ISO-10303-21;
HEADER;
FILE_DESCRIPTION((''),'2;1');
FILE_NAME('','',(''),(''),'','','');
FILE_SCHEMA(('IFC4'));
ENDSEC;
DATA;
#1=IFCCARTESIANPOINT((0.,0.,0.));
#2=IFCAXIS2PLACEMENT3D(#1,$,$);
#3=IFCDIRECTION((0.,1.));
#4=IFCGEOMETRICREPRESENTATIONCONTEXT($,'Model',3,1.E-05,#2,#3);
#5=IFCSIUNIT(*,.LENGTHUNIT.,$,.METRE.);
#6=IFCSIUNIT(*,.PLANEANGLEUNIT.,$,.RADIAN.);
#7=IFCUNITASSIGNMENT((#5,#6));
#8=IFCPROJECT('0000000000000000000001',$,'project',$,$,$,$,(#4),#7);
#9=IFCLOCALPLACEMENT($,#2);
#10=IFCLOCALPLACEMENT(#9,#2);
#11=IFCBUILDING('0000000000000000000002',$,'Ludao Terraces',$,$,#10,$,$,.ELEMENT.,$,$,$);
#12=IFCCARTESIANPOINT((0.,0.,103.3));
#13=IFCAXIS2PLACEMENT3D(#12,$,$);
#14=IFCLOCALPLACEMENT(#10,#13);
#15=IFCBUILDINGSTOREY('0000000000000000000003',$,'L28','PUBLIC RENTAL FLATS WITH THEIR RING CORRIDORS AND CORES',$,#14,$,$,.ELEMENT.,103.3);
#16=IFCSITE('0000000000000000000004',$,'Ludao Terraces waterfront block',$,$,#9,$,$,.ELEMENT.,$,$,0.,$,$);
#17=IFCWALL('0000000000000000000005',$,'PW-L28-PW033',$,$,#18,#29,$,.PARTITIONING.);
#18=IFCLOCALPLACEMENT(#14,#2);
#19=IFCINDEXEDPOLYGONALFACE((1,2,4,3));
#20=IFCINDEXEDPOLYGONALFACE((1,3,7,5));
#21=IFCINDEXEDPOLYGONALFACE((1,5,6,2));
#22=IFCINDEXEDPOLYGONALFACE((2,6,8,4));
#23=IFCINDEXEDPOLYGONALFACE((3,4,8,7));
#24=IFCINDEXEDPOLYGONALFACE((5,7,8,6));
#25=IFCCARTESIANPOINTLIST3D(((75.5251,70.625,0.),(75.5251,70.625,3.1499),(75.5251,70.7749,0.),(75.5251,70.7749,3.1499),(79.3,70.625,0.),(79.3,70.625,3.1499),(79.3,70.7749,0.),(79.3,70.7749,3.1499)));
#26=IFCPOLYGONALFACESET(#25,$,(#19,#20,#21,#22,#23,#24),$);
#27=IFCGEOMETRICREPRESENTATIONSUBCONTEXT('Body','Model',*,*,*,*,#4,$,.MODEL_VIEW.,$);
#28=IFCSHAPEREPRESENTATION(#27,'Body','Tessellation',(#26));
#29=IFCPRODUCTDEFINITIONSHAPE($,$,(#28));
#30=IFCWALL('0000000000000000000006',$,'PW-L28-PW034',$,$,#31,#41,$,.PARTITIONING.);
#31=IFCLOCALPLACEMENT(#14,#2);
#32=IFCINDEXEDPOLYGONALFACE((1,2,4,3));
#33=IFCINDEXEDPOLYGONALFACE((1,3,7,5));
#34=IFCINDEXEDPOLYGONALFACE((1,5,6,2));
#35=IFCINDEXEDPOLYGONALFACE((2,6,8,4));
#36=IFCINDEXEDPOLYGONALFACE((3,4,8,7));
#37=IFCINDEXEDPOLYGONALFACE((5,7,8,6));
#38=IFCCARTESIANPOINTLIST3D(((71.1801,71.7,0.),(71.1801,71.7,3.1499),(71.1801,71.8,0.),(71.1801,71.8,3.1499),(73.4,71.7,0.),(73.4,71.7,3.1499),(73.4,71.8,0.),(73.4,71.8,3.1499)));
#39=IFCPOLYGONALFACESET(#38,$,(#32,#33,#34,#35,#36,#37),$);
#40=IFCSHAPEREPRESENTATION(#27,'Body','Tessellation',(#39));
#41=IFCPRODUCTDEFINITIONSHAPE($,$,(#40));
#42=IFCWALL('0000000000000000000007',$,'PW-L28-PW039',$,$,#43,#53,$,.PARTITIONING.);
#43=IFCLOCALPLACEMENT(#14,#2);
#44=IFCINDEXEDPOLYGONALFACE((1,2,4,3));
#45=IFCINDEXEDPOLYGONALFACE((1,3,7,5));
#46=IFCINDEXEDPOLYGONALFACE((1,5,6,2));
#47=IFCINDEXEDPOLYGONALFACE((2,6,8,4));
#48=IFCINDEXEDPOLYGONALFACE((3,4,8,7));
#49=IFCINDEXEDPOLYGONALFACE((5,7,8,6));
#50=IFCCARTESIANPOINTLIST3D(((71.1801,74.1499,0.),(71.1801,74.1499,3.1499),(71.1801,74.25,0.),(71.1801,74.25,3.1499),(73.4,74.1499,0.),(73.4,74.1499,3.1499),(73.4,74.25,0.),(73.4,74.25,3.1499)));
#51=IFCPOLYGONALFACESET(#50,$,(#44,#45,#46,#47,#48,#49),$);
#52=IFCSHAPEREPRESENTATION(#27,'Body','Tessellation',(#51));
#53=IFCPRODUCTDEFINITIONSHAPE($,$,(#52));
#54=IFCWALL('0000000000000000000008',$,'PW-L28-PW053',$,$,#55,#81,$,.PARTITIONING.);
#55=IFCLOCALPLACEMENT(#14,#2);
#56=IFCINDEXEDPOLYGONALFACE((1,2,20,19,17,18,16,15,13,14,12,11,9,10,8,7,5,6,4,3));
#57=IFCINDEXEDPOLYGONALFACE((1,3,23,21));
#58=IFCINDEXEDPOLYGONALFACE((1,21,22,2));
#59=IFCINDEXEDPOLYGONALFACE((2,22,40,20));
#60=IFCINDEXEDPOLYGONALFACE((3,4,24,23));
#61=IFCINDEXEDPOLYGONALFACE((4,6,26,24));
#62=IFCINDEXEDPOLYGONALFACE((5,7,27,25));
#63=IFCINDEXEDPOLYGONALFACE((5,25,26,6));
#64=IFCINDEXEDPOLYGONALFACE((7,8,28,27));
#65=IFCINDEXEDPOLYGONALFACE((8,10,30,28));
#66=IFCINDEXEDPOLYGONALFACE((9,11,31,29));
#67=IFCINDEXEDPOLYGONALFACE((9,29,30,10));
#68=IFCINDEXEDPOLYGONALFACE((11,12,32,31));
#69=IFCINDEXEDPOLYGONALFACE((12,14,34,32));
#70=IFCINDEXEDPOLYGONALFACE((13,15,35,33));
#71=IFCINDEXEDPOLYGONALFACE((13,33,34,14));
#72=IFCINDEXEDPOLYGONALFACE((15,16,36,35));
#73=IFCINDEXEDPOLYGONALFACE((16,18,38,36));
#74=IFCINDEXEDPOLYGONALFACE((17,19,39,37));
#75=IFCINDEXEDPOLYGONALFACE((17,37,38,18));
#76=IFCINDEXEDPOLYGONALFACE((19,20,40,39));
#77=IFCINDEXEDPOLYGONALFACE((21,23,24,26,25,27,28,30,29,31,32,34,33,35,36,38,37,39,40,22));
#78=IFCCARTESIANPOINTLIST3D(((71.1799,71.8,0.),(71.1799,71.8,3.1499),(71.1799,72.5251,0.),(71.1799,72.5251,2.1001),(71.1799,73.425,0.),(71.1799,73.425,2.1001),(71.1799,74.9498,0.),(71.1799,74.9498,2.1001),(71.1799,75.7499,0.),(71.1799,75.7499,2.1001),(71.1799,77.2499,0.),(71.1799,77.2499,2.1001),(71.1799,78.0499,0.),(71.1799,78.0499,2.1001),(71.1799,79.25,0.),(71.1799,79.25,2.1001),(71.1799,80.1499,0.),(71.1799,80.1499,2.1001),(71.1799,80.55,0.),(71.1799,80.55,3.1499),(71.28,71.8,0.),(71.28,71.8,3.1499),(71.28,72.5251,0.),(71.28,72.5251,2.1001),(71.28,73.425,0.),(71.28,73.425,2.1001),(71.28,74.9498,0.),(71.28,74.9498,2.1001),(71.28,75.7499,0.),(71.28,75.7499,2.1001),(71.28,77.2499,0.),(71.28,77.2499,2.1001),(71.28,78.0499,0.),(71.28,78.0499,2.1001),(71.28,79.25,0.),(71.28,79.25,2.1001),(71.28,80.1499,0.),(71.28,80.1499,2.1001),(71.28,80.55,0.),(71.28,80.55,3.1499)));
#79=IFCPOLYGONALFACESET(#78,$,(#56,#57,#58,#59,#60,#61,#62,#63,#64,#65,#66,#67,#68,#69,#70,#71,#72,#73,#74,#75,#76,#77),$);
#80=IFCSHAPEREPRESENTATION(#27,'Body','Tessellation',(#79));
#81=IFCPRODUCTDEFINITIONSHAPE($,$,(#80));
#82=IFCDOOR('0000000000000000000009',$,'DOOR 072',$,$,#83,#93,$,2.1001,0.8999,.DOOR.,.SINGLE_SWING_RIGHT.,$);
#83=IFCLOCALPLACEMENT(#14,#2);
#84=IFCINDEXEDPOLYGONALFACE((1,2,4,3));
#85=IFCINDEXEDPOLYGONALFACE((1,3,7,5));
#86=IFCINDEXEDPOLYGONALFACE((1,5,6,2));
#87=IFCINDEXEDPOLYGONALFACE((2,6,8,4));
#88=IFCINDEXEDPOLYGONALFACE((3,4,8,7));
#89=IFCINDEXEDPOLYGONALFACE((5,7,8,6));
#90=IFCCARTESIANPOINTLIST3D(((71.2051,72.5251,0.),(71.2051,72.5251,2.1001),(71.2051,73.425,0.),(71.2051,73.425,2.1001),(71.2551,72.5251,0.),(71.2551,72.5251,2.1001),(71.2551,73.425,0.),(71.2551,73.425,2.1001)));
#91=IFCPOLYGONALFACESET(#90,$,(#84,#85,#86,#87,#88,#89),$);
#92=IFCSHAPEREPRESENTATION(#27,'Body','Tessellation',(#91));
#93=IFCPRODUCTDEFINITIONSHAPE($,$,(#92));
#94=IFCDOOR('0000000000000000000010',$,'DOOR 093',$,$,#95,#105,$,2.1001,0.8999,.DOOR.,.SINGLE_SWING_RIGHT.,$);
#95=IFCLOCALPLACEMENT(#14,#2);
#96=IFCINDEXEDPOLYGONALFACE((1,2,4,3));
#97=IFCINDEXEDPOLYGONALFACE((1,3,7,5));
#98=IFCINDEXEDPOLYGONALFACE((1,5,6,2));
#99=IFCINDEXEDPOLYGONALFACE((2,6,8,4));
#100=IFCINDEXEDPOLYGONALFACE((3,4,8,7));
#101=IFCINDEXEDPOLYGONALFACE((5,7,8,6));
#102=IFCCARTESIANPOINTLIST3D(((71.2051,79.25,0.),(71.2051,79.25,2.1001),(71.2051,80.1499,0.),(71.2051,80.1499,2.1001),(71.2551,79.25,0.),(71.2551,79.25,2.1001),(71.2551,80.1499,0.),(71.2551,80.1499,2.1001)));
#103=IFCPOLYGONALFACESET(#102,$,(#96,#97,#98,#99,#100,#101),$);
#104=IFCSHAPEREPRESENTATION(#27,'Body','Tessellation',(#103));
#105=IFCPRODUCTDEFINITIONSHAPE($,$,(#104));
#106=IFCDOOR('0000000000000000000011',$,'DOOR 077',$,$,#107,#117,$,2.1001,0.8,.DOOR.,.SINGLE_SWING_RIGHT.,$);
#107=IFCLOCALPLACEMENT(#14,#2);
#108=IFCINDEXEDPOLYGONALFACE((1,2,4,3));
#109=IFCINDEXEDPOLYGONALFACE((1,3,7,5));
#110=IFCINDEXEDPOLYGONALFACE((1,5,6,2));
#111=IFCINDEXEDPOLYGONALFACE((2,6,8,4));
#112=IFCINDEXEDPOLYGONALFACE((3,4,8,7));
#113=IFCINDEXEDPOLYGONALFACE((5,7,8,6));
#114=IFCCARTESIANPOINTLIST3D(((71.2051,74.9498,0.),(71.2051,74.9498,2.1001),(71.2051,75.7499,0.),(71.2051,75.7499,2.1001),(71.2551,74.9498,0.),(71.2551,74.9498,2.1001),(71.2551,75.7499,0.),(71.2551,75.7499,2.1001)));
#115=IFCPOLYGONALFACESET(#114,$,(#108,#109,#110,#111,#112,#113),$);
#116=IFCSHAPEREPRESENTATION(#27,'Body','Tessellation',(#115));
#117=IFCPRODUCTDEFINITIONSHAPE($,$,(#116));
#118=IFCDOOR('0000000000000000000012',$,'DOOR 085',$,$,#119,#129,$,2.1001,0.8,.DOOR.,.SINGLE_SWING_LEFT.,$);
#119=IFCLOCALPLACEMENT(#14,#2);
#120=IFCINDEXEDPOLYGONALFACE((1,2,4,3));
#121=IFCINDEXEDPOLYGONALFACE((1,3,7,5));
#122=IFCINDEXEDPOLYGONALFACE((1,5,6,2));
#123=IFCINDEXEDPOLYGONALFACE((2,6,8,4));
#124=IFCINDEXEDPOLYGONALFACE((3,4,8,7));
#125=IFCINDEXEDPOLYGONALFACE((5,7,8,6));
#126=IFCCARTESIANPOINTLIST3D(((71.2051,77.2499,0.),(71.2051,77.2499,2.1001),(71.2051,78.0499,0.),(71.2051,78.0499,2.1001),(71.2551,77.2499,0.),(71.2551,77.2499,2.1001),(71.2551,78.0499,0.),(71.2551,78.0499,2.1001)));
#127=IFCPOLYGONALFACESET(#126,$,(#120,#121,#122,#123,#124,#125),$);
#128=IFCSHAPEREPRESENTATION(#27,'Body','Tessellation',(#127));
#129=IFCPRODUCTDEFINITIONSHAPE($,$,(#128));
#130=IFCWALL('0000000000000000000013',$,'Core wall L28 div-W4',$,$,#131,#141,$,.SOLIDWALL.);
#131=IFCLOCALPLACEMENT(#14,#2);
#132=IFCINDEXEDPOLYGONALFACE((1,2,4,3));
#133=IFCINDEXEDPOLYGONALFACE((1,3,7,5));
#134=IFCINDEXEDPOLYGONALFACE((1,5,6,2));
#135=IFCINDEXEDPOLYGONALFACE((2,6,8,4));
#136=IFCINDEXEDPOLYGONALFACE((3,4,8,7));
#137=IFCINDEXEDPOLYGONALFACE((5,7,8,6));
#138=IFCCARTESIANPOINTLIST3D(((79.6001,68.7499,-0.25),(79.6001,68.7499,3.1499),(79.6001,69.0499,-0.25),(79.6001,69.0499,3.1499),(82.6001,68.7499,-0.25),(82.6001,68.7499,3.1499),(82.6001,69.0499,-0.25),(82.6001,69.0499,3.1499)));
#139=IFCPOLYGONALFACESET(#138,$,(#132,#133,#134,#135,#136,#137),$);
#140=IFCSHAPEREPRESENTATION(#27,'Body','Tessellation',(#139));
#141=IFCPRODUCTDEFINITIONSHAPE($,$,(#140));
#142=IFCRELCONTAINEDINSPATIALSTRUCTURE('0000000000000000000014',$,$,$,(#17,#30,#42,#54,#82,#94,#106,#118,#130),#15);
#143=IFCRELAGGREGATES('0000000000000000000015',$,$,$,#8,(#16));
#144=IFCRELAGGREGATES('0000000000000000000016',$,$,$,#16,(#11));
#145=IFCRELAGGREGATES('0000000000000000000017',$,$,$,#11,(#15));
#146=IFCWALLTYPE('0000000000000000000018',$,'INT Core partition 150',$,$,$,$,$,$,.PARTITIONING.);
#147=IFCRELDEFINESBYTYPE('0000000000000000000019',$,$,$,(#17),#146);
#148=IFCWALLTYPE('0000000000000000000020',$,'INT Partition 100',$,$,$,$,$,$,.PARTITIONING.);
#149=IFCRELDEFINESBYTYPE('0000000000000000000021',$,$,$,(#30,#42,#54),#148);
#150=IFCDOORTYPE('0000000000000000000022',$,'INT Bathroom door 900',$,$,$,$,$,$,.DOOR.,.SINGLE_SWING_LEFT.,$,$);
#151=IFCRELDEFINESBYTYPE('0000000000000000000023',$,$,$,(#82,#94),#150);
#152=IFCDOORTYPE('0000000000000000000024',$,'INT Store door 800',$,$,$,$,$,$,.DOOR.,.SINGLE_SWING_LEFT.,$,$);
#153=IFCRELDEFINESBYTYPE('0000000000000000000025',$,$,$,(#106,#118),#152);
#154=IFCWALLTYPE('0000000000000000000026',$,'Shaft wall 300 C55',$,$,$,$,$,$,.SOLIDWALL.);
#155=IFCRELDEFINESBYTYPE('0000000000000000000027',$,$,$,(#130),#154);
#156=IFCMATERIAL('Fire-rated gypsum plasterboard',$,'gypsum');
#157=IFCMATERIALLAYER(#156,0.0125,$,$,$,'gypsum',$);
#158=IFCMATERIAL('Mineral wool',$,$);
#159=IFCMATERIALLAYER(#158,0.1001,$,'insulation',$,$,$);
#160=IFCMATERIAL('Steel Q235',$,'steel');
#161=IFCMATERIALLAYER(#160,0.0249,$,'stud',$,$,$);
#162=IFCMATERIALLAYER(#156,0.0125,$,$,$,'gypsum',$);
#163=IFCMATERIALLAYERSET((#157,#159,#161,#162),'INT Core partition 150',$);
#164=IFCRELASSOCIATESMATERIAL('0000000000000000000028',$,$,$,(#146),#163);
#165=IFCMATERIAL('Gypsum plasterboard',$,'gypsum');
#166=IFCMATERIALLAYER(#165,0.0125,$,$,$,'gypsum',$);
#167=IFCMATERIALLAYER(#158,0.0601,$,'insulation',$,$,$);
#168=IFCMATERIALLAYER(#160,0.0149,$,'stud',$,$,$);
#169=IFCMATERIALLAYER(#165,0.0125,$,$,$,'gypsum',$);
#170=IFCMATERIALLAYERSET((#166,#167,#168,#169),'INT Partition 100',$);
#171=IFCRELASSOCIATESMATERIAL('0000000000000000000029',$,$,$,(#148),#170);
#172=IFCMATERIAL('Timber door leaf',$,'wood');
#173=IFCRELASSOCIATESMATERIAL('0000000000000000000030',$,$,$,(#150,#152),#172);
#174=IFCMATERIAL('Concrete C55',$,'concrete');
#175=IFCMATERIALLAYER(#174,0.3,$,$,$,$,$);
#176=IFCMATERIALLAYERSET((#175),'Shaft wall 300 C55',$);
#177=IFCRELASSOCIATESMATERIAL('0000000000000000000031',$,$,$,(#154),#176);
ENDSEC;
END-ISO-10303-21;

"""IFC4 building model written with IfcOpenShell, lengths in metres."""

from ifc_helpers import new_model, si_unit, direction, frame, frame_2d, origin, place, context, subcontext, project, spatial, rectangle, extrude, material, layer, layer_set, type_object, element, fill, save


model = new_model("IFC4")

# Units and contexts
model_context = context("Model", 3, precision=1e-05, world=origin(), true_north=direction((0.0, 1.0)))
body_context = subcontext(model_context, "Body", "Model", "MODEL_VIEW")
ifc_project = project(units=[si_unit("LENGTHUNIT", "METRE"), si_unit("PLANEANGLEUNIT", "RADIAN")], contexts=[model_context])

# Site, building, storey
site_placement = place(None, origin())
site = spatial("IfcSite", under=ifc_project, at=site_placement, Name="Ludao Terraces waterfront block", CompositionType="ELEMENT", RefElevation=0.0)
building_placement = place(site_placement, origin())
building = spatial("IfcBuilding", under=site, at=building_placement, Name="Ludao Terraces", CompositionType="ELEMENT")
storey_placement = place(building_placement, frame((0.0, 0.0, 103.3)))
storey = spatial("IfcBuildingStorey", under=building, at=storey_placement, Name="L28", Description="PUBLIC RENTAL FLATS WITH THEIR RING CORRIDORS AND CORES", CompositionType="ELEMENT", Elevation=103.3)

# Walls
ifc_material_1 = material(Name="Fire-rated gypsum plasterboard", Category="gypsum")
ifc_layer_1 = layer(ifc_material_1, 0.0125, Category="gypsum")
ifc_material_2 = material(Name="Mineral wool")
ifc_layer_2 = layer(ifc_material_2, 0.1001, Name="insulation")
ifc_material_3 = material(Name="Steel Q235", Category="steel")
ifc_layer_3 = layer(ifc_material_3, 0.0249, Name="stud")
ifc_layer_4 = layer(ifc_material_1, 0.0125, Category="gypsum")
ifc_layer_set_1 = layer_set([ifc_layer_1, ifc_layer_2, ifc_layer_3, ifc_layer_4], Name="INT Core partition 150")
wall_type_1 = type_object("IfcWallType", Name="INT Core partition 150", PredefinedType="PARTITIONING", material=ifc_layer_set_1)
wall_1_placement = place(storey_placement, frame((75.5251, 70.7, 0.0), z_axis=(0.0, 0.0, 1.0), x_axis=(1.0, 0.0, 0.0)))
element("IfcWall", 1, at=wall_1_placement, inside=storey, type_object=wall_type_1, Name="PW-L28-PW033", PredefinedType="PARTITIONING", context=body_context, shape_type="SweptSolid", body=[
    extrude(rectangle(XDim=3.7749, YDim=0.1499, at=frame_2d((1.8875, 0.0))), origin(), (0.0, 0.0, 1.0), 3.1499),
])
ifc_material_4 = material(Name="Gypsum plasterboard", Category="gypsum")
ifc_layer_5 = layer(ifc_material_4, 0.0125, Category="gypsum")
ifc_layer_6 = layer(ifc_material_2, 0.0601, Name="insulation")
ifc_layer_7 = layer(ifc_material_3, 0.0149, Name="stud")
ifc_layer_8 = layer(ifc_material_4, 0.0125, Category="gypsum")
ifc_layer_set_2 = layer_set([ifc_layer_5, ifc_layer_6, ifc_layer_7, ifc_layer_8], Name="INT Partition 100")
wall_type_2 = type_object("IfcWallType", Name="INT Partition 100", PredefinedType="PARTITIONING", material=ifc_layer_set_2)
for number, where, z_axis, x_axis, name in (
    (2, (71.1802, 71.75, 0.0), (0.0, 0.0, 1.0), (1.0, 0.0, 0.0), "PW-L28-PW034"),
    (3, (71.1802, 74.2, 0.0), (0.0, 0.0, 1.0), (1.0, 0.0, 0.0), "PW-L28-PW039"),
):
    element("IfcWall", number, at=place(storey_placement, frame(where, z_axis=z_axis, x_axis=x_axis)), inside=storey, type_object=wall_type_2, Name=name, PredefinedType="PARTITIONING", context=body_context, shape_type="SweptSolid", body=[
        extrude(rectangle(XDim=2.22, YDim=0.1001, at=frame_2d((1.1099, 0.0))), origin(), (0.0, 0.0, 1.0), 3.1499),
    ])

# Wall, openings, doors
wall_2_placement = place(storey_placement, frame((71.23, 71.8, 0.0), z_axis=(0.0, 0.0, 1.0), x_axis=(0.0, 1.0, 0.0)))
wall_2 = element("IfcWall", 4, at=wall_2_placement, inside=storey, type_object=wall_type_2, Name="PW-L28-PW053", PredefinedType="PARTITIONING", context=body_context, shape_type="SweptSolid", body=[
    extrude(rectangle(XDim=8.75, YDim=0.1001, at=frame_2d((4.375, 0.0))), origin(), (0.0, 0.0, 1.0), 3.1499),
])
opening_1_placement = place(wall_2_placement, frame((0.7251, 0.0, 0.0)))
opening_1 = element("IfcOpeningElement", 5, at=opening_1_placement, cuts=wall_2, PredefinedType="OPENING", context=body_context, shape_type="SweptSolid", body=[
    extrude(rectangle(XDim=0.8999, YDim=2.1001, at=frame_2d((0.45, 1.05))), frame((0.0, 0.0601, 0.0), z_axis=(0.0, -1.0, 0.0), x_axis=(1.0, 0.0, 0.0)), (0.0, 0.0, 1.0), 0.1201),
])
opening_2_placement = place(wall_2_placement, frame((3.1499, 0.0, 0.0)))
opening_2 = element("IfcOpeningElement", 6, at=opening_2_placement, cuts=wall_2, PredefinedType="OPENING", context=body_context, shape_type="SweptSolid", body=[
    extrude(rectangle(XDim=0.8, YDim=2.1001, at=frame_2d((0.3999, 1.05))), frame((0.0, 0.0601, 0.0), z_axis=(0.0, -1.0, 0.0), x_axis=(1.0, 0.0, 0.0)), (0.0, 0.0, 1.0), 0.1201),
])
opening_3_placement = place(wall_2_placement, frame((5.45, 0.0, 0.0)))
opening_3 = element("IfcOpeningElement", 7, at=opening_3_placement, cuts=wall_2, PredefinedType="OPENING", context=body_context, shape_type="SweptSolid", body=[
    extrude(rectangle(XDim=0.8, YDim=2.1001, at=frame_2d((0.3999, 1.05))), frame((0.0, 0.0601, 0.0), z_axis=(0.0, -1.0, 0.0), x_axis=(1.0, 0.0, 0.0)), (0.0, 0.0, 1.0), 0.1201),
])
opening_4_placement = place(wall_2_placement, frame((7.45, 0.0, 0.0)))
opening_4 = element("IfcOpeningElement", 8, at=opening_4_placement, cuts=wall_2, PredefinedType="OPENING", context=body_context, shape_type="SweptSolid", body=[
    extrude(rectangle(XDim=0.8999, YDim=2.1001, at=frame_2d((0.45, 1.05))), frame((0.0, 0.0601, 0.0), z_axis=(0.0, -1.0, 0.0), x_axis=(1.0, 0.0, 0.0)), (0.0, 0.0, 1.0), 0.1201),
])
ifc_material_5 = material(Name="Timber door leaf", Category="wood")
door_type_1 = type_object("IfcDoorType", Name="INT Bathroom door 900", OperationType="SINGLE_SWING_LEFT", PredefinedType="DOOR", material=ifc_material_5)
door_1_placement = place(opening_1_placement, origin())
door_1 = element("IfcDoor", 9, at=door_1_placement, inside=storey, type_object=door_type_1, Name="DOOR 072", OperationType="SINGLE_SWING_RIGHT", OverallHeight=2.1001, OverallWidth=0.8999, PredefinedType="DOOR", context=body_context, shape_type="SweptSolid", body=[
    extrude(rectangle(XDim=0.8999, YDim=2.1001, at=frame_2d((0.45, 1.05))), frame((0.0, 0.0249, 0.0), z_axis=(0.0, -1.0, 0.0), x_axis=(1.0, 0.0, 0.0)), (0.0, 0.0, 1.0), 0.05),
])
fill(opening_1, door_1)
door_2_placement = place(opening_4_placement, origin())
door_2 = element("IfcDoor", 10, at=door_2_placement, inside=storey, type_object=door_type_1, Name="DOOR 093", OperationType="SINGLE_SWING_RIGHT", OverallHeight=2.1001, OverallWidth=0.8999, PredefinedType="DOOR", context=body_context, shape_type="SweptSolid", body=[
    extrude(rectangle(XDim=0.8999, YDim=2.1001, at=frame_2d((0.45, 1.05))), frame((0.0, 0.0249, 0.0), z_axis=(0.0, -1.0, 0.0), x_axis=(1.0, 0.0, 0.0)), (0.0, 0.0, 1.0), 0.05),
])
fill(opening_4, door_2)
door_type_2 = type_object("IfcDoorType", Name="INT Store door 800", OperationType="SINGLE_SWING_LEFT", PredefinedType="DOOR", material=ifc_material_5)
door_3_placement = place(opening_2_placement, origin())
door_3 = element("IfcDoor", 11, at=door_3_placement, inside=storey, type_object=door_type_2, Name="DOOR 077", OperationType="SINGLE_SWING_RIGHT", OverallHeight=2.1001, OverallWidth=0.8, PredefinedType="DOOR", context=body_context, shape_type="SweptSolid", body=[
    extrude(rectangle(XDim=0.8, YDim=2.1001, at=frame_2d((0.3999, 1.05))), frame((0.0, 0.0249, 0.0), z_axis=(0.0, -1.0, 0.0), x_axis=(1.0, 0.0, 0.0)), (0.0, 0.0, 1.0), 0.05),
])
fill(opening_2, door_3)
door_4_placement = place(opening_3_placement, origin())
door_4 = element("IfcDoor", 12, at=door_4_placement, inside=storey, type_object=door_type_2, Name="DOOR 085", OperationType="SINGLE_SWING_LEFT", OverallHeight=2.1001, OverallWidth=0.8, PredefinedType="DOOR", context=body_context, shape_type="SweptSolid", body=[
    extrude(rectangle(XDim=0.8, YDim=2.1001, at=frame_2d((0.3999, 1.05))), frame((0.0, 0.0249, 0.0), z_axis=(0.0, -1.0, 0.0), x_axis=(1.0, 0.0, 0.0)), (0.0, 0.0, 1.0), 0.05),
])
fill(opening_3, door_4)

# Wall
ifc_material_6 = material(Name="Concrete C55", Category="concrete")
ifc_layer_9 = layer(ifc_material_6, 0.3)
ifc_layer_set_3 = layer_set([ifc_layer_9], Name="Shaft wall 300 C55")
wall_type_3 = type_object("IfcWallType", Name="Shaft wall 300 C55", PredefinedType="SOLIDWALL", material=ifc_layer_set_3)
wall_3_placement = place(storey_placement, frame((79.6001, 68.8999, -0.25), z_axis=(0.0, 0.0, 1.0), x_axis=(1.0, 0.0, 0.0)))
element("IfcWall", 13, at=wall_3_placement, inside=storey, type_object=wall_type_3, Name="Core wall L28 div-W4", PredefinedType="SOLIDWALL", context=body_context, shape_type="SweptSolid", body=[
    extrude(rectangle(XDim=3.0, YDim=0.3, at=frame_2d((1.5, 0.0))), origin(), (0.0, 0.0, 1.0), 3.3999),
])

save(model, "model.ifc")
